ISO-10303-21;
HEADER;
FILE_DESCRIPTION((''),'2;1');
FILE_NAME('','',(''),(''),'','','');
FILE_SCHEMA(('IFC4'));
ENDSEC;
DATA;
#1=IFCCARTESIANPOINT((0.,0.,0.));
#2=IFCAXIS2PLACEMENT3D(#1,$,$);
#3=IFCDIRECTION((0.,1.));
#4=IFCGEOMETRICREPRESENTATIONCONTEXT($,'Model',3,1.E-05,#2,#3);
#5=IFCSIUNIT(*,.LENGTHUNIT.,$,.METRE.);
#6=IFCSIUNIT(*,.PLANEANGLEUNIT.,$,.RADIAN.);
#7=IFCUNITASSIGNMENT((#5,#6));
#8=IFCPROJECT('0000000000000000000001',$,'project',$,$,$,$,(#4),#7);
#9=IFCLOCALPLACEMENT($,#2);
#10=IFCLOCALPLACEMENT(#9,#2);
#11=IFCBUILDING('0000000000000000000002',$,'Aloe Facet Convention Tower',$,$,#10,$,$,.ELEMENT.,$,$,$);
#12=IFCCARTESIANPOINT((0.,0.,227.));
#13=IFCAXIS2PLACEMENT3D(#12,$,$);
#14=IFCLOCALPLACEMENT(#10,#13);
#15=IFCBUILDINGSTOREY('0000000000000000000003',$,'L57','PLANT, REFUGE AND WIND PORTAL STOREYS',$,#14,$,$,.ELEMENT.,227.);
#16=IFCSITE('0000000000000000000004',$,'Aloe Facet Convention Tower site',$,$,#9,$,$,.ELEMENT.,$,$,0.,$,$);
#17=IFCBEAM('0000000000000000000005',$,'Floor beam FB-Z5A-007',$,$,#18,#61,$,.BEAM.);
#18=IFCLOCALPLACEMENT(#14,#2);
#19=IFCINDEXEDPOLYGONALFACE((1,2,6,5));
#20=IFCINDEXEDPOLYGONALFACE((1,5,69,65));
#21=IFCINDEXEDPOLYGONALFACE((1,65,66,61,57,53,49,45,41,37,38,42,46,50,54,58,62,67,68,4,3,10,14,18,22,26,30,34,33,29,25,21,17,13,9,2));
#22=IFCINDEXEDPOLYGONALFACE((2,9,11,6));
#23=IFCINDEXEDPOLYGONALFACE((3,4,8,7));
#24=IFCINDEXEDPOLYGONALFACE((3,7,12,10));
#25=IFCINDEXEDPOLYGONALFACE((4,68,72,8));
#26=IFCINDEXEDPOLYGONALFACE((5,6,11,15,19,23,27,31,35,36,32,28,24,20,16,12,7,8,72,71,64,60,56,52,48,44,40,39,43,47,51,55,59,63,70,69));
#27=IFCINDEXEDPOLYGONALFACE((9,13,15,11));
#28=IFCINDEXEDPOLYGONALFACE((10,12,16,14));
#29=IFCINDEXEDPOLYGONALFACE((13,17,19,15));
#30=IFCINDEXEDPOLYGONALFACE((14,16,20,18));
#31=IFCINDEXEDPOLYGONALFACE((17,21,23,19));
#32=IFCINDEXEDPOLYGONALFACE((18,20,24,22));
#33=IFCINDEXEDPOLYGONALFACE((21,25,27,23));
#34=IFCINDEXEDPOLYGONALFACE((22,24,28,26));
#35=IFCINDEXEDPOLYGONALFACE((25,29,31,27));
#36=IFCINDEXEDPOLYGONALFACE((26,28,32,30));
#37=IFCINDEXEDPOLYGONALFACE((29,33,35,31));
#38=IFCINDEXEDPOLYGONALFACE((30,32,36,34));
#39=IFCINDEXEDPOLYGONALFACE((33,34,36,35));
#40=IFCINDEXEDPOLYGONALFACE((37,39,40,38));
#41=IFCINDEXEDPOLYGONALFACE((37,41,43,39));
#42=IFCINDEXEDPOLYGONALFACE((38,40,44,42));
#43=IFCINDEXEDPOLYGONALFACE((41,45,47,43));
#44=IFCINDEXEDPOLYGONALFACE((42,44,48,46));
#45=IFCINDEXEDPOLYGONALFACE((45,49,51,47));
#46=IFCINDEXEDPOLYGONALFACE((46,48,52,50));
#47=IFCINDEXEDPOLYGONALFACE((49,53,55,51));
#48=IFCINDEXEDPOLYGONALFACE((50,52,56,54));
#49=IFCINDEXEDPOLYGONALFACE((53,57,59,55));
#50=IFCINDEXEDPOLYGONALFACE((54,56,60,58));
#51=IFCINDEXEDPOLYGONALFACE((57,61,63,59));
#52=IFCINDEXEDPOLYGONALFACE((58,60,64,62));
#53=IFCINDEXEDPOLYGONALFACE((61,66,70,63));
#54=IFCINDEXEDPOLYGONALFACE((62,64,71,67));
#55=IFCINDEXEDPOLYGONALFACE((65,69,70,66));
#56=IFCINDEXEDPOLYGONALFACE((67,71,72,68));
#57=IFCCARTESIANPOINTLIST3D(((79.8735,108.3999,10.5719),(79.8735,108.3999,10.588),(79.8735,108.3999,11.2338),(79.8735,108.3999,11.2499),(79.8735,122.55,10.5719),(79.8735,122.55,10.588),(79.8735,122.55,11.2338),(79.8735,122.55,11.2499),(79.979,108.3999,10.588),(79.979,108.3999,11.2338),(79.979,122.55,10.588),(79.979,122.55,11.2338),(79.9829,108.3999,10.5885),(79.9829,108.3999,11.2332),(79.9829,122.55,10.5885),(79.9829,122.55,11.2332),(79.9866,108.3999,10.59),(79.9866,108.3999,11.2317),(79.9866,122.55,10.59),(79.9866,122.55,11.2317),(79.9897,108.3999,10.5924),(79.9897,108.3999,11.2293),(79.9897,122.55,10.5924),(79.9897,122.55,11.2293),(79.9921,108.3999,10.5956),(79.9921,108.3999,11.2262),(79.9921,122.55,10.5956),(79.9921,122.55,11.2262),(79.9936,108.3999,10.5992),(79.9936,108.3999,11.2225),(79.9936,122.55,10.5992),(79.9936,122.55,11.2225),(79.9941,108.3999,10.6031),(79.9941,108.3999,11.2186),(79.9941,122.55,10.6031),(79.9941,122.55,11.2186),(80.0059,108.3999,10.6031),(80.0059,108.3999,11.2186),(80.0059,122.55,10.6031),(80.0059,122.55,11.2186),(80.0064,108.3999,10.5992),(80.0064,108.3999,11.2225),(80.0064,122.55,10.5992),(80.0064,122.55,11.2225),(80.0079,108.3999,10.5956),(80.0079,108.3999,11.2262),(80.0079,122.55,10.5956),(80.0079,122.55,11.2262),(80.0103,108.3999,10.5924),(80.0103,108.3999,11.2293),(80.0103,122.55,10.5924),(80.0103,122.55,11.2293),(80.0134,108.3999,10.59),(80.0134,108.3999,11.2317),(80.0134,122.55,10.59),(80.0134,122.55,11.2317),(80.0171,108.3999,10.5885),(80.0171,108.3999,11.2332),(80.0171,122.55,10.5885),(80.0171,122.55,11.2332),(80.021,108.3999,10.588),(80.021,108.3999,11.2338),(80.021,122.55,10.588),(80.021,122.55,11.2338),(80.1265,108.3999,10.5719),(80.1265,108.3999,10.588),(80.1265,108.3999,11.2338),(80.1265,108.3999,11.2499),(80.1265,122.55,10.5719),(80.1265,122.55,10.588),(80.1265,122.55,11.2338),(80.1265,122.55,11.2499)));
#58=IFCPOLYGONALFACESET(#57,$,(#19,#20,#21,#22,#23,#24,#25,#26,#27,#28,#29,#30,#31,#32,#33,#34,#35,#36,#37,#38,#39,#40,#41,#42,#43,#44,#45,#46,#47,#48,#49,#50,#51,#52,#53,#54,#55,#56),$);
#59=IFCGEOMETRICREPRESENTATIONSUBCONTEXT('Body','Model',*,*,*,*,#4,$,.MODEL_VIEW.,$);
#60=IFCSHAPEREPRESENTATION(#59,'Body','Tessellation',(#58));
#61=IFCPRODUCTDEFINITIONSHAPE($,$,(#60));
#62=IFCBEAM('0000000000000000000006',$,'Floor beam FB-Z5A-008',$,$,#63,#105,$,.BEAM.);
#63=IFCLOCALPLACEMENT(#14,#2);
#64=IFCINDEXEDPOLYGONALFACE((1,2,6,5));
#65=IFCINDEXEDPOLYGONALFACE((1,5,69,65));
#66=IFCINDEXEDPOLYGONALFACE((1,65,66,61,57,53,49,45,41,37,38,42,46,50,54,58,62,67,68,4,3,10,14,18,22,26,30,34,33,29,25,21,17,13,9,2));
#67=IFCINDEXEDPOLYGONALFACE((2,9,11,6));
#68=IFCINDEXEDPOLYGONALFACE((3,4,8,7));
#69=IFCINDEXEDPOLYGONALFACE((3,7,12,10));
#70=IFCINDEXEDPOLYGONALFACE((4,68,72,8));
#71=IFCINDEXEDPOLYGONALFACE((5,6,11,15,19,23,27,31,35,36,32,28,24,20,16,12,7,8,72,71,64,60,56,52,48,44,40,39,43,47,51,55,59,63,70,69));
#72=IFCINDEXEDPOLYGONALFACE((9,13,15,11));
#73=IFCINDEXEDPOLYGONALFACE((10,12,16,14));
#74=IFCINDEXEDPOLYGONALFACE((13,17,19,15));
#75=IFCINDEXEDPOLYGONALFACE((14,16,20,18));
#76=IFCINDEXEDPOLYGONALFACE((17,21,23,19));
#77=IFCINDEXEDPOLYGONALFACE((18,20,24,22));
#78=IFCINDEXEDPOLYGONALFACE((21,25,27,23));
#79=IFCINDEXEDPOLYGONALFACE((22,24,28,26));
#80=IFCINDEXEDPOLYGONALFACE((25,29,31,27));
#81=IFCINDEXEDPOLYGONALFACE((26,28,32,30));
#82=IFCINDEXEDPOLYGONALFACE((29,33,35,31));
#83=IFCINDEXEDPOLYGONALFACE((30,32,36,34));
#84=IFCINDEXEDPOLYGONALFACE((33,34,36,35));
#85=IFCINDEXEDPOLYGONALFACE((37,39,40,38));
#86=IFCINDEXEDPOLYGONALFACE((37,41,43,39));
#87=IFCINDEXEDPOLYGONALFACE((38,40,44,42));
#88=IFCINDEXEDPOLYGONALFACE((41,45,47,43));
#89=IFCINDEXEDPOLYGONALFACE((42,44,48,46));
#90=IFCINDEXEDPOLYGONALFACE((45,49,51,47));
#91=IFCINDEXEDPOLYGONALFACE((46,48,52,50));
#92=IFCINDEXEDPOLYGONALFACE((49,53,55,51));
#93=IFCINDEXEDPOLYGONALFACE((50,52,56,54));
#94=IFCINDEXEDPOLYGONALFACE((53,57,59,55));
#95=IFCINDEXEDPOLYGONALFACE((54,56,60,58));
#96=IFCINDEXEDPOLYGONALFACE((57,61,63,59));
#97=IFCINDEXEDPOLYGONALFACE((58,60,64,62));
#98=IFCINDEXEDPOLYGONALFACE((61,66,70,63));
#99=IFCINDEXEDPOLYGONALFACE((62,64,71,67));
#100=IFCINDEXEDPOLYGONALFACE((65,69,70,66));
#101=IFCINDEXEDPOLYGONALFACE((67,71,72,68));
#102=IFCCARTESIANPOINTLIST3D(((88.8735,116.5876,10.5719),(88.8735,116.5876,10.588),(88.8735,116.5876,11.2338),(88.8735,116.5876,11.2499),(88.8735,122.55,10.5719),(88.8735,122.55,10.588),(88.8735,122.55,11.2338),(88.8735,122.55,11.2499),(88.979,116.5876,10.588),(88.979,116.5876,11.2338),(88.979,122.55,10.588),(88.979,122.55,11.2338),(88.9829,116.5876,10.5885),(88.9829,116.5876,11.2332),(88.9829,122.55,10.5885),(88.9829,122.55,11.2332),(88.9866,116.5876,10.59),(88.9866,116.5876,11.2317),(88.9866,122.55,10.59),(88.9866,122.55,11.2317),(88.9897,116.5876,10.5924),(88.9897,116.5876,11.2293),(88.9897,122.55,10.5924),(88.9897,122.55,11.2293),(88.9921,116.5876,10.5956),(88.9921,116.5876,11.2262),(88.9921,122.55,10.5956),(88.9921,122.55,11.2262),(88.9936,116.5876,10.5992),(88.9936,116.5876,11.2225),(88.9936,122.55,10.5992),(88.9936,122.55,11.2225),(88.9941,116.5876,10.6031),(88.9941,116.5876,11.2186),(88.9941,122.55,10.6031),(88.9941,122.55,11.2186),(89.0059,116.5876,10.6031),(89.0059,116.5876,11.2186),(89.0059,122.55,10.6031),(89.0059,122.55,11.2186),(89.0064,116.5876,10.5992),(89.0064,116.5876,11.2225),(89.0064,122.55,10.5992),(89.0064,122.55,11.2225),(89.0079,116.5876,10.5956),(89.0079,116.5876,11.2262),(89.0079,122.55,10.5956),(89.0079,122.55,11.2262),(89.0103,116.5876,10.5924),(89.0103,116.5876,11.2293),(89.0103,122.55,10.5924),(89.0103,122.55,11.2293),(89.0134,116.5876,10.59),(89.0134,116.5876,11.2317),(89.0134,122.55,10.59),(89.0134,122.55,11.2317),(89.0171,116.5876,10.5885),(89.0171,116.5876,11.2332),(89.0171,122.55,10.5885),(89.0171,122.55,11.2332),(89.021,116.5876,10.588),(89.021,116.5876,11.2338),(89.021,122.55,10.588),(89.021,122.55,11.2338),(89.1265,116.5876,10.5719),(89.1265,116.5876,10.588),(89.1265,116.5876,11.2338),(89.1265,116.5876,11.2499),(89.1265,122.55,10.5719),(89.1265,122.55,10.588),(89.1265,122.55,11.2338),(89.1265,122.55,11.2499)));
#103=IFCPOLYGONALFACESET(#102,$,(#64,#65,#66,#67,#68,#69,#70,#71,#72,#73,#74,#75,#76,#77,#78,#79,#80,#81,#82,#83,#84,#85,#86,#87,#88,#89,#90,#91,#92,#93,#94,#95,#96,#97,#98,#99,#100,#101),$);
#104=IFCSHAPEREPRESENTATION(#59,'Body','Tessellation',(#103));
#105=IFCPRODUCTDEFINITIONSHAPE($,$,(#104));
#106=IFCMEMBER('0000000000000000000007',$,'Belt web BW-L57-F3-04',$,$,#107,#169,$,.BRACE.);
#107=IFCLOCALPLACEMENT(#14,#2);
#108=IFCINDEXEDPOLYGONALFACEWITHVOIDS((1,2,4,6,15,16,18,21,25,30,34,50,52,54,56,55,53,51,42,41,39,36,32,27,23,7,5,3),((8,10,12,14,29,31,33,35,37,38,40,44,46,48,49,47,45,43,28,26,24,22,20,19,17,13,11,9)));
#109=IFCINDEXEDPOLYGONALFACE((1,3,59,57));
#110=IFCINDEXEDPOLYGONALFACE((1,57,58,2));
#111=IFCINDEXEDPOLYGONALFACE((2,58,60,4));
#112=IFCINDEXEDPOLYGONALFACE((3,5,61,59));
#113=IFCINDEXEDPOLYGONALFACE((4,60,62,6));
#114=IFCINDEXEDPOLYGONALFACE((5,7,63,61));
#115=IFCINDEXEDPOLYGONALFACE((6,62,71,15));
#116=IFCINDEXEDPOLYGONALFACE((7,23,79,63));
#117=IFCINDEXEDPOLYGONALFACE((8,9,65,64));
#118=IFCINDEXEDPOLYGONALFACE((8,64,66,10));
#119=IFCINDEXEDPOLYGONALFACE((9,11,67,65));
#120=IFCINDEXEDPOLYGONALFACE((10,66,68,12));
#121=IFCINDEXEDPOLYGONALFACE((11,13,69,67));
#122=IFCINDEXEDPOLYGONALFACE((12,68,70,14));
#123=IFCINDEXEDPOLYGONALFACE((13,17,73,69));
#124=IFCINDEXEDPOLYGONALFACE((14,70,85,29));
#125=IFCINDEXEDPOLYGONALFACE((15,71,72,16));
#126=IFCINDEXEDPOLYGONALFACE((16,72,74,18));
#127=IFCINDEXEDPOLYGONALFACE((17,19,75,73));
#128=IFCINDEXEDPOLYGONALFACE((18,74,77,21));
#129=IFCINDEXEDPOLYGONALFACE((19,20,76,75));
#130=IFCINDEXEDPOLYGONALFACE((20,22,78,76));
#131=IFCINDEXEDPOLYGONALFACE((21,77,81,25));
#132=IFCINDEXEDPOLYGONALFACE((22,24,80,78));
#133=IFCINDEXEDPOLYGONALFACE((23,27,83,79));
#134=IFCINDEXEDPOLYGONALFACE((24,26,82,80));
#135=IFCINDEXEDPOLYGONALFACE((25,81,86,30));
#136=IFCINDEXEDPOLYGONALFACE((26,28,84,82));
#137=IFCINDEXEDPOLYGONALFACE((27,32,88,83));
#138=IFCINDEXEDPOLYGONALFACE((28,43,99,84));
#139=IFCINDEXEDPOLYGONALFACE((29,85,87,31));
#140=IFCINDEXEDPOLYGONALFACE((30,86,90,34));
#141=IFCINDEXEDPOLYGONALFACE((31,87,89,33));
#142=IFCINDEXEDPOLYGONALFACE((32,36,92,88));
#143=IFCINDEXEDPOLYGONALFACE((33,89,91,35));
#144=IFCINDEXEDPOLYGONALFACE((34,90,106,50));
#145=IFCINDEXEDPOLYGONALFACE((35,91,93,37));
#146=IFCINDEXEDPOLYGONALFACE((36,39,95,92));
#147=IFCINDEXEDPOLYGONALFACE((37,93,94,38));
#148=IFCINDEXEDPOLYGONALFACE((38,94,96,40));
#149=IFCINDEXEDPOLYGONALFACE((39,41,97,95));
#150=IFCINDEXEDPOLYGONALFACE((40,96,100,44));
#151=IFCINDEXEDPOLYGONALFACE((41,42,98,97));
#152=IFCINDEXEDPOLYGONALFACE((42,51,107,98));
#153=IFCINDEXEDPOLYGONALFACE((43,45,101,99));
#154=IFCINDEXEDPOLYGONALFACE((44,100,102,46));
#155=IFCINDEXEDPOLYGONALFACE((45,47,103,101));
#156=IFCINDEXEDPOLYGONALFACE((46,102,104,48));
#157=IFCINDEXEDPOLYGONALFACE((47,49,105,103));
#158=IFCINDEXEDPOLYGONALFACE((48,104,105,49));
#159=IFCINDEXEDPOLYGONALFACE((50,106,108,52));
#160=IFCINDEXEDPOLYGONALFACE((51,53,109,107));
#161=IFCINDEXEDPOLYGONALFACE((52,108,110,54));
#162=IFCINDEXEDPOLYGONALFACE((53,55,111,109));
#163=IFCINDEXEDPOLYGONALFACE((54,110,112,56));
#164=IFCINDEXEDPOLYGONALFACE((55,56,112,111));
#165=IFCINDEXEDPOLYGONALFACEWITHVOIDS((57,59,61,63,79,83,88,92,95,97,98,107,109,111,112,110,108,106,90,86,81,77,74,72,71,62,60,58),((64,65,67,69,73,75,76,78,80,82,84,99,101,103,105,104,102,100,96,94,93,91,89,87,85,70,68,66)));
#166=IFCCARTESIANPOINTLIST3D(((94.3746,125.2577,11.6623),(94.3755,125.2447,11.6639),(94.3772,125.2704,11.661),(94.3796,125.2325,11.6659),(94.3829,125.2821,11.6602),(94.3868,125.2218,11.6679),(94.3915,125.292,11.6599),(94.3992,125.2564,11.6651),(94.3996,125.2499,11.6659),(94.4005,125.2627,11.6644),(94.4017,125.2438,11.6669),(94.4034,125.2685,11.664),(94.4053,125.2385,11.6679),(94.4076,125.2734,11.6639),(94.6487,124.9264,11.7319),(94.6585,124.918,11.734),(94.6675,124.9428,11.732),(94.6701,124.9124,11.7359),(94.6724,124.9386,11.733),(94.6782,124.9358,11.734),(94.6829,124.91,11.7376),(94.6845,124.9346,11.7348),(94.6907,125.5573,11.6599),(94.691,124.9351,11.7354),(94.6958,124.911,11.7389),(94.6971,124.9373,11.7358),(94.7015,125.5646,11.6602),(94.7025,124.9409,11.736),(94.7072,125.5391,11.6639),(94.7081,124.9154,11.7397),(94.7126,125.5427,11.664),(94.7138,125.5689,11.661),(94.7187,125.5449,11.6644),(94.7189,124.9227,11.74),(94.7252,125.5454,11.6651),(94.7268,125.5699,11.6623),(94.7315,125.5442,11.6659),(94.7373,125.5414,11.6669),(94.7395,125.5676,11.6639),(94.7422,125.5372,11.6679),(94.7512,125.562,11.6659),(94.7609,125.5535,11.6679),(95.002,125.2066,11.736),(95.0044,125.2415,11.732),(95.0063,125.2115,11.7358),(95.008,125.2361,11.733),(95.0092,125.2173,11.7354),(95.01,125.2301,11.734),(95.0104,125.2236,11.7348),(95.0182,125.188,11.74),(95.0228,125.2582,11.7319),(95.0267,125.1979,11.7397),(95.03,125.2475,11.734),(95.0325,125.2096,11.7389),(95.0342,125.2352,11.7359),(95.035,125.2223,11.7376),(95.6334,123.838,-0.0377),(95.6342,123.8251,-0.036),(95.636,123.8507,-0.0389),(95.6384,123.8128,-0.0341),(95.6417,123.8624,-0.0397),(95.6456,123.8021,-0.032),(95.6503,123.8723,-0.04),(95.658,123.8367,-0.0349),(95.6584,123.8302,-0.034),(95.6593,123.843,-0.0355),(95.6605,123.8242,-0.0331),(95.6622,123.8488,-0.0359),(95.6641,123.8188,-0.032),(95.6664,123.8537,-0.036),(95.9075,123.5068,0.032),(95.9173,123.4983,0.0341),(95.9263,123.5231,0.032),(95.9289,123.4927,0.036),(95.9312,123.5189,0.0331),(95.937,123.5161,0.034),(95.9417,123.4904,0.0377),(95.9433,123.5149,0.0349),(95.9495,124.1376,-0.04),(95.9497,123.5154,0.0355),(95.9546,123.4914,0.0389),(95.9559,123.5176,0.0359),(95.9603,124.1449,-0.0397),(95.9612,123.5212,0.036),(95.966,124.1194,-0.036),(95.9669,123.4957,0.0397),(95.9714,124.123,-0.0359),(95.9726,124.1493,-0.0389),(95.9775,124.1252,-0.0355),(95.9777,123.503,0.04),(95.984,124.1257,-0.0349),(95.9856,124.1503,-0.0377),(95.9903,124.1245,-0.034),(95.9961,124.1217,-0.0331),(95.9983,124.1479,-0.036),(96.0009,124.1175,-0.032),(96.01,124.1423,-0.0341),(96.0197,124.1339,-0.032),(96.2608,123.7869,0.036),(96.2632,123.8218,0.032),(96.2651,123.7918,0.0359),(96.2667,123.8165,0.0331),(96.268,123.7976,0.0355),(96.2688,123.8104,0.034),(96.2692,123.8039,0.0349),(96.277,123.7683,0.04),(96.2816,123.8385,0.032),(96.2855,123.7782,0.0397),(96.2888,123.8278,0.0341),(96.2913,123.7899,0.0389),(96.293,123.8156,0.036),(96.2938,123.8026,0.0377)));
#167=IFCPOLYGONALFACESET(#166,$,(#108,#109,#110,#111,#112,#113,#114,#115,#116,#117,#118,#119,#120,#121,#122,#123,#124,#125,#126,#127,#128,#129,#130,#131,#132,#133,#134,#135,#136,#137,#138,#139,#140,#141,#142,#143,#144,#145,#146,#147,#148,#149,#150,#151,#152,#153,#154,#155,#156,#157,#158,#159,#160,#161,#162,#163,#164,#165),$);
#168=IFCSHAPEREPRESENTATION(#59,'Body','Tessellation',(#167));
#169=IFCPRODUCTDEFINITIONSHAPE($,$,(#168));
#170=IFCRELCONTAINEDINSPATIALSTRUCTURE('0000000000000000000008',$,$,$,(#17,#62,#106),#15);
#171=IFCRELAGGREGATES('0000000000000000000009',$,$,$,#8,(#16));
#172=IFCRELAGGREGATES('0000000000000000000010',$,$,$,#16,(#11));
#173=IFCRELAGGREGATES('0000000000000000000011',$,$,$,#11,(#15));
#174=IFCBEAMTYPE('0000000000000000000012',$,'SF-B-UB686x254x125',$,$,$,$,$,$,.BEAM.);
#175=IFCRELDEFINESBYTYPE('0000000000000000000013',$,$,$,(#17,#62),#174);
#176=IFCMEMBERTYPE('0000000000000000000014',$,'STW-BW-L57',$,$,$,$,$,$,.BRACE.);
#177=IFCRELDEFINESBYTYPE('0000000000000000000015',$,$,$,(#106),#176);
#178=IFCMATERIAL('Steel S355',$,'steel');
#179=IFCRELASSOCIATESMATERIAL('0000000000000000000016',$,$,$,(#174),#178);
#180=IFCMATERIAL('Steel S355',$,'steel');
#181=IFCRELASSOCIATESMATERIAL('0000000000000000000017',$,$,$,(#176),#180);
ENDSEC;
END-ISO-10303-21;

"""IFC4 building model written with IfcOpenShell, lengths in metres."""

from ifc_helpers import new_model, si_unit, direction, frame, origin, origin_2d, place, context, subcontext, project, spatial, hollow_rectangle, i_section, extrude, material, material_profile, profile_set, type_object, element, save


model = new_model("IFC4")

# Units and contexts
model_context = context("Model", 3, precision=1e-05, world=origin(), true_north=direction((0.0, 1.0)))
body_context = subcontext(model_context, "Body", "Model", "MODEL_VIEW")
ifc_project = project(units=[si_unit("LENGTHUNIT", "METRE"), si_unit("PLANEANGLEUNIT", "RADIAN")], contexts=[model_context])

# Site, building, storey
site_placement = place(None, origin())
site = spatial("IfcSite", under=ifc_project, at=site_placement, Name="Aloe Facet Convention Tower site", CompositionType="ELEMENT", RefElevation=0.0)
building_placement = place(site_placement, origin())
building = spatial("IfcBuilding", under=site, at=building_placement, Name="Aloe Facet Convention Tower", CompositionType="ELEMENT")
storey_placement = place(building_placement, frame((0.0, 0.0, 227.0)))
storey = spatial("IfcBuildingStorey", under=building, at=storey_placement, Name="L57", Description="PLANT, REFUGE AND WIND PORTAL STOREYS", CompositionType="ELEMENT", Elevation=227.0)

# Beams
ifc_material_1 = material(Name="Steel S355", Category="steel")
ifc_material_profile_1 = material_profile(ifc_material_1, i_section(OverallWidth=0.2529, OverallDepth=0.678, WebThickness=0.0117, FlangeThickness=0.0161, FilletRadius=0.0151, at=origin_2d()), Name="UB 686x254x125")
ifc_profile_set_1 = profile_set([ifc_material_profile_1], Name="Steel S355")
beam_type_1 = type_object("IfcBeamType", Name="SF-B-UB686x254x125", PredefinedType="BEAM", material=ifc_profile_set_1)
beam_1_placement = place(storey_placement, frame((80.0, 122.55, 10.9109), z_axis=(0.0, -1.0, 0.0), x_axis=(1.0, 0.0, 0.0)))
element("IfcBeam", 1, at=beam_1_placement, inside=storey, type_object=beam_type_1, Name="Floor beam FB-Z5A-007", PredefinedType="BEAM", context=body_context, shape_type="SweptSolid", body=[
    extrude(i_section(OverallWidth=0.2529, OverallDepth=0.678, WebThickness=0.0117, FlangeThickness=0.0161, FilletRadius=0.0151, at=origin_2d()), origin(), (0.0, 0.0, 1.0), 14.1501),
])
beam_2_placement = place(storey_placement, frame((89.0, 122.55, 10.9109), z_axis=(0.0, -1.0, 0.0), x_axis=(1.0, 0.0, 0.0)))
element("IfcBeam", 2, at=beam_2_placement, inside=storey, type_object=beam_type_1, Name="Floor beam FB-Z5A-008", PredefinedType="BEAM", context=body_context, shape_type="SweptSolid", body=[
    extrude(i_section(OverallWidth=0.2529, OverallDepth=0.678, WebThickness=0.0117, FlangeThickness=0.0161, FilletRadius=0.0151, at=origin_2d()), origin(), (0.0, 0.0, 1.0), 5.9624),
])

# Member
ifc_material_2 = material(Name="Steel S355", Category="steel")
ifc_material_profile_2 = material_profile(ifc_material_2, hollow_rectangle(XDim=0.5, YDim=0.5, WallThickness=0.0249, InnerFilletRadius=0.0249, OuterFilletRadius=0.05, at=origin_2d()), Name="SHS 500x500x25")
ifc_profile_set_2 = profile_set([ifc_material_profile_2], Name="Steel S355")
member_type = type_object("IfcMemberType", Name="STW-BW-L57", PredefinedType="BRACE", material=ifc_profile_set_2)
member_placement = place(storey_placement, frame((95.9636, 123.8203, 0.0), z_axis=(-0.106202, 0.119776, 0.987104), x_axis=(-0.748232, -0.663437, 0.0)))
element("IfcMember", 3, at=member_placement, inside=storey, type_object=member_type, Name="Belt web BW-L57-F3-04", PredefinedType="BRACE", context=body_context, shape_type="SweptSolid", body=[
    extrude(hollow_rectangle(XDim=0.5, YDim=0.5, WallThickness=0.0249, InnerFilletRadius=0.0249, OuterFilletRadius=0.05, at=origin_2d()), origin(), (0.0, 0.0, 1.0), 11.8528),
])

save(model, "model.ifc")
